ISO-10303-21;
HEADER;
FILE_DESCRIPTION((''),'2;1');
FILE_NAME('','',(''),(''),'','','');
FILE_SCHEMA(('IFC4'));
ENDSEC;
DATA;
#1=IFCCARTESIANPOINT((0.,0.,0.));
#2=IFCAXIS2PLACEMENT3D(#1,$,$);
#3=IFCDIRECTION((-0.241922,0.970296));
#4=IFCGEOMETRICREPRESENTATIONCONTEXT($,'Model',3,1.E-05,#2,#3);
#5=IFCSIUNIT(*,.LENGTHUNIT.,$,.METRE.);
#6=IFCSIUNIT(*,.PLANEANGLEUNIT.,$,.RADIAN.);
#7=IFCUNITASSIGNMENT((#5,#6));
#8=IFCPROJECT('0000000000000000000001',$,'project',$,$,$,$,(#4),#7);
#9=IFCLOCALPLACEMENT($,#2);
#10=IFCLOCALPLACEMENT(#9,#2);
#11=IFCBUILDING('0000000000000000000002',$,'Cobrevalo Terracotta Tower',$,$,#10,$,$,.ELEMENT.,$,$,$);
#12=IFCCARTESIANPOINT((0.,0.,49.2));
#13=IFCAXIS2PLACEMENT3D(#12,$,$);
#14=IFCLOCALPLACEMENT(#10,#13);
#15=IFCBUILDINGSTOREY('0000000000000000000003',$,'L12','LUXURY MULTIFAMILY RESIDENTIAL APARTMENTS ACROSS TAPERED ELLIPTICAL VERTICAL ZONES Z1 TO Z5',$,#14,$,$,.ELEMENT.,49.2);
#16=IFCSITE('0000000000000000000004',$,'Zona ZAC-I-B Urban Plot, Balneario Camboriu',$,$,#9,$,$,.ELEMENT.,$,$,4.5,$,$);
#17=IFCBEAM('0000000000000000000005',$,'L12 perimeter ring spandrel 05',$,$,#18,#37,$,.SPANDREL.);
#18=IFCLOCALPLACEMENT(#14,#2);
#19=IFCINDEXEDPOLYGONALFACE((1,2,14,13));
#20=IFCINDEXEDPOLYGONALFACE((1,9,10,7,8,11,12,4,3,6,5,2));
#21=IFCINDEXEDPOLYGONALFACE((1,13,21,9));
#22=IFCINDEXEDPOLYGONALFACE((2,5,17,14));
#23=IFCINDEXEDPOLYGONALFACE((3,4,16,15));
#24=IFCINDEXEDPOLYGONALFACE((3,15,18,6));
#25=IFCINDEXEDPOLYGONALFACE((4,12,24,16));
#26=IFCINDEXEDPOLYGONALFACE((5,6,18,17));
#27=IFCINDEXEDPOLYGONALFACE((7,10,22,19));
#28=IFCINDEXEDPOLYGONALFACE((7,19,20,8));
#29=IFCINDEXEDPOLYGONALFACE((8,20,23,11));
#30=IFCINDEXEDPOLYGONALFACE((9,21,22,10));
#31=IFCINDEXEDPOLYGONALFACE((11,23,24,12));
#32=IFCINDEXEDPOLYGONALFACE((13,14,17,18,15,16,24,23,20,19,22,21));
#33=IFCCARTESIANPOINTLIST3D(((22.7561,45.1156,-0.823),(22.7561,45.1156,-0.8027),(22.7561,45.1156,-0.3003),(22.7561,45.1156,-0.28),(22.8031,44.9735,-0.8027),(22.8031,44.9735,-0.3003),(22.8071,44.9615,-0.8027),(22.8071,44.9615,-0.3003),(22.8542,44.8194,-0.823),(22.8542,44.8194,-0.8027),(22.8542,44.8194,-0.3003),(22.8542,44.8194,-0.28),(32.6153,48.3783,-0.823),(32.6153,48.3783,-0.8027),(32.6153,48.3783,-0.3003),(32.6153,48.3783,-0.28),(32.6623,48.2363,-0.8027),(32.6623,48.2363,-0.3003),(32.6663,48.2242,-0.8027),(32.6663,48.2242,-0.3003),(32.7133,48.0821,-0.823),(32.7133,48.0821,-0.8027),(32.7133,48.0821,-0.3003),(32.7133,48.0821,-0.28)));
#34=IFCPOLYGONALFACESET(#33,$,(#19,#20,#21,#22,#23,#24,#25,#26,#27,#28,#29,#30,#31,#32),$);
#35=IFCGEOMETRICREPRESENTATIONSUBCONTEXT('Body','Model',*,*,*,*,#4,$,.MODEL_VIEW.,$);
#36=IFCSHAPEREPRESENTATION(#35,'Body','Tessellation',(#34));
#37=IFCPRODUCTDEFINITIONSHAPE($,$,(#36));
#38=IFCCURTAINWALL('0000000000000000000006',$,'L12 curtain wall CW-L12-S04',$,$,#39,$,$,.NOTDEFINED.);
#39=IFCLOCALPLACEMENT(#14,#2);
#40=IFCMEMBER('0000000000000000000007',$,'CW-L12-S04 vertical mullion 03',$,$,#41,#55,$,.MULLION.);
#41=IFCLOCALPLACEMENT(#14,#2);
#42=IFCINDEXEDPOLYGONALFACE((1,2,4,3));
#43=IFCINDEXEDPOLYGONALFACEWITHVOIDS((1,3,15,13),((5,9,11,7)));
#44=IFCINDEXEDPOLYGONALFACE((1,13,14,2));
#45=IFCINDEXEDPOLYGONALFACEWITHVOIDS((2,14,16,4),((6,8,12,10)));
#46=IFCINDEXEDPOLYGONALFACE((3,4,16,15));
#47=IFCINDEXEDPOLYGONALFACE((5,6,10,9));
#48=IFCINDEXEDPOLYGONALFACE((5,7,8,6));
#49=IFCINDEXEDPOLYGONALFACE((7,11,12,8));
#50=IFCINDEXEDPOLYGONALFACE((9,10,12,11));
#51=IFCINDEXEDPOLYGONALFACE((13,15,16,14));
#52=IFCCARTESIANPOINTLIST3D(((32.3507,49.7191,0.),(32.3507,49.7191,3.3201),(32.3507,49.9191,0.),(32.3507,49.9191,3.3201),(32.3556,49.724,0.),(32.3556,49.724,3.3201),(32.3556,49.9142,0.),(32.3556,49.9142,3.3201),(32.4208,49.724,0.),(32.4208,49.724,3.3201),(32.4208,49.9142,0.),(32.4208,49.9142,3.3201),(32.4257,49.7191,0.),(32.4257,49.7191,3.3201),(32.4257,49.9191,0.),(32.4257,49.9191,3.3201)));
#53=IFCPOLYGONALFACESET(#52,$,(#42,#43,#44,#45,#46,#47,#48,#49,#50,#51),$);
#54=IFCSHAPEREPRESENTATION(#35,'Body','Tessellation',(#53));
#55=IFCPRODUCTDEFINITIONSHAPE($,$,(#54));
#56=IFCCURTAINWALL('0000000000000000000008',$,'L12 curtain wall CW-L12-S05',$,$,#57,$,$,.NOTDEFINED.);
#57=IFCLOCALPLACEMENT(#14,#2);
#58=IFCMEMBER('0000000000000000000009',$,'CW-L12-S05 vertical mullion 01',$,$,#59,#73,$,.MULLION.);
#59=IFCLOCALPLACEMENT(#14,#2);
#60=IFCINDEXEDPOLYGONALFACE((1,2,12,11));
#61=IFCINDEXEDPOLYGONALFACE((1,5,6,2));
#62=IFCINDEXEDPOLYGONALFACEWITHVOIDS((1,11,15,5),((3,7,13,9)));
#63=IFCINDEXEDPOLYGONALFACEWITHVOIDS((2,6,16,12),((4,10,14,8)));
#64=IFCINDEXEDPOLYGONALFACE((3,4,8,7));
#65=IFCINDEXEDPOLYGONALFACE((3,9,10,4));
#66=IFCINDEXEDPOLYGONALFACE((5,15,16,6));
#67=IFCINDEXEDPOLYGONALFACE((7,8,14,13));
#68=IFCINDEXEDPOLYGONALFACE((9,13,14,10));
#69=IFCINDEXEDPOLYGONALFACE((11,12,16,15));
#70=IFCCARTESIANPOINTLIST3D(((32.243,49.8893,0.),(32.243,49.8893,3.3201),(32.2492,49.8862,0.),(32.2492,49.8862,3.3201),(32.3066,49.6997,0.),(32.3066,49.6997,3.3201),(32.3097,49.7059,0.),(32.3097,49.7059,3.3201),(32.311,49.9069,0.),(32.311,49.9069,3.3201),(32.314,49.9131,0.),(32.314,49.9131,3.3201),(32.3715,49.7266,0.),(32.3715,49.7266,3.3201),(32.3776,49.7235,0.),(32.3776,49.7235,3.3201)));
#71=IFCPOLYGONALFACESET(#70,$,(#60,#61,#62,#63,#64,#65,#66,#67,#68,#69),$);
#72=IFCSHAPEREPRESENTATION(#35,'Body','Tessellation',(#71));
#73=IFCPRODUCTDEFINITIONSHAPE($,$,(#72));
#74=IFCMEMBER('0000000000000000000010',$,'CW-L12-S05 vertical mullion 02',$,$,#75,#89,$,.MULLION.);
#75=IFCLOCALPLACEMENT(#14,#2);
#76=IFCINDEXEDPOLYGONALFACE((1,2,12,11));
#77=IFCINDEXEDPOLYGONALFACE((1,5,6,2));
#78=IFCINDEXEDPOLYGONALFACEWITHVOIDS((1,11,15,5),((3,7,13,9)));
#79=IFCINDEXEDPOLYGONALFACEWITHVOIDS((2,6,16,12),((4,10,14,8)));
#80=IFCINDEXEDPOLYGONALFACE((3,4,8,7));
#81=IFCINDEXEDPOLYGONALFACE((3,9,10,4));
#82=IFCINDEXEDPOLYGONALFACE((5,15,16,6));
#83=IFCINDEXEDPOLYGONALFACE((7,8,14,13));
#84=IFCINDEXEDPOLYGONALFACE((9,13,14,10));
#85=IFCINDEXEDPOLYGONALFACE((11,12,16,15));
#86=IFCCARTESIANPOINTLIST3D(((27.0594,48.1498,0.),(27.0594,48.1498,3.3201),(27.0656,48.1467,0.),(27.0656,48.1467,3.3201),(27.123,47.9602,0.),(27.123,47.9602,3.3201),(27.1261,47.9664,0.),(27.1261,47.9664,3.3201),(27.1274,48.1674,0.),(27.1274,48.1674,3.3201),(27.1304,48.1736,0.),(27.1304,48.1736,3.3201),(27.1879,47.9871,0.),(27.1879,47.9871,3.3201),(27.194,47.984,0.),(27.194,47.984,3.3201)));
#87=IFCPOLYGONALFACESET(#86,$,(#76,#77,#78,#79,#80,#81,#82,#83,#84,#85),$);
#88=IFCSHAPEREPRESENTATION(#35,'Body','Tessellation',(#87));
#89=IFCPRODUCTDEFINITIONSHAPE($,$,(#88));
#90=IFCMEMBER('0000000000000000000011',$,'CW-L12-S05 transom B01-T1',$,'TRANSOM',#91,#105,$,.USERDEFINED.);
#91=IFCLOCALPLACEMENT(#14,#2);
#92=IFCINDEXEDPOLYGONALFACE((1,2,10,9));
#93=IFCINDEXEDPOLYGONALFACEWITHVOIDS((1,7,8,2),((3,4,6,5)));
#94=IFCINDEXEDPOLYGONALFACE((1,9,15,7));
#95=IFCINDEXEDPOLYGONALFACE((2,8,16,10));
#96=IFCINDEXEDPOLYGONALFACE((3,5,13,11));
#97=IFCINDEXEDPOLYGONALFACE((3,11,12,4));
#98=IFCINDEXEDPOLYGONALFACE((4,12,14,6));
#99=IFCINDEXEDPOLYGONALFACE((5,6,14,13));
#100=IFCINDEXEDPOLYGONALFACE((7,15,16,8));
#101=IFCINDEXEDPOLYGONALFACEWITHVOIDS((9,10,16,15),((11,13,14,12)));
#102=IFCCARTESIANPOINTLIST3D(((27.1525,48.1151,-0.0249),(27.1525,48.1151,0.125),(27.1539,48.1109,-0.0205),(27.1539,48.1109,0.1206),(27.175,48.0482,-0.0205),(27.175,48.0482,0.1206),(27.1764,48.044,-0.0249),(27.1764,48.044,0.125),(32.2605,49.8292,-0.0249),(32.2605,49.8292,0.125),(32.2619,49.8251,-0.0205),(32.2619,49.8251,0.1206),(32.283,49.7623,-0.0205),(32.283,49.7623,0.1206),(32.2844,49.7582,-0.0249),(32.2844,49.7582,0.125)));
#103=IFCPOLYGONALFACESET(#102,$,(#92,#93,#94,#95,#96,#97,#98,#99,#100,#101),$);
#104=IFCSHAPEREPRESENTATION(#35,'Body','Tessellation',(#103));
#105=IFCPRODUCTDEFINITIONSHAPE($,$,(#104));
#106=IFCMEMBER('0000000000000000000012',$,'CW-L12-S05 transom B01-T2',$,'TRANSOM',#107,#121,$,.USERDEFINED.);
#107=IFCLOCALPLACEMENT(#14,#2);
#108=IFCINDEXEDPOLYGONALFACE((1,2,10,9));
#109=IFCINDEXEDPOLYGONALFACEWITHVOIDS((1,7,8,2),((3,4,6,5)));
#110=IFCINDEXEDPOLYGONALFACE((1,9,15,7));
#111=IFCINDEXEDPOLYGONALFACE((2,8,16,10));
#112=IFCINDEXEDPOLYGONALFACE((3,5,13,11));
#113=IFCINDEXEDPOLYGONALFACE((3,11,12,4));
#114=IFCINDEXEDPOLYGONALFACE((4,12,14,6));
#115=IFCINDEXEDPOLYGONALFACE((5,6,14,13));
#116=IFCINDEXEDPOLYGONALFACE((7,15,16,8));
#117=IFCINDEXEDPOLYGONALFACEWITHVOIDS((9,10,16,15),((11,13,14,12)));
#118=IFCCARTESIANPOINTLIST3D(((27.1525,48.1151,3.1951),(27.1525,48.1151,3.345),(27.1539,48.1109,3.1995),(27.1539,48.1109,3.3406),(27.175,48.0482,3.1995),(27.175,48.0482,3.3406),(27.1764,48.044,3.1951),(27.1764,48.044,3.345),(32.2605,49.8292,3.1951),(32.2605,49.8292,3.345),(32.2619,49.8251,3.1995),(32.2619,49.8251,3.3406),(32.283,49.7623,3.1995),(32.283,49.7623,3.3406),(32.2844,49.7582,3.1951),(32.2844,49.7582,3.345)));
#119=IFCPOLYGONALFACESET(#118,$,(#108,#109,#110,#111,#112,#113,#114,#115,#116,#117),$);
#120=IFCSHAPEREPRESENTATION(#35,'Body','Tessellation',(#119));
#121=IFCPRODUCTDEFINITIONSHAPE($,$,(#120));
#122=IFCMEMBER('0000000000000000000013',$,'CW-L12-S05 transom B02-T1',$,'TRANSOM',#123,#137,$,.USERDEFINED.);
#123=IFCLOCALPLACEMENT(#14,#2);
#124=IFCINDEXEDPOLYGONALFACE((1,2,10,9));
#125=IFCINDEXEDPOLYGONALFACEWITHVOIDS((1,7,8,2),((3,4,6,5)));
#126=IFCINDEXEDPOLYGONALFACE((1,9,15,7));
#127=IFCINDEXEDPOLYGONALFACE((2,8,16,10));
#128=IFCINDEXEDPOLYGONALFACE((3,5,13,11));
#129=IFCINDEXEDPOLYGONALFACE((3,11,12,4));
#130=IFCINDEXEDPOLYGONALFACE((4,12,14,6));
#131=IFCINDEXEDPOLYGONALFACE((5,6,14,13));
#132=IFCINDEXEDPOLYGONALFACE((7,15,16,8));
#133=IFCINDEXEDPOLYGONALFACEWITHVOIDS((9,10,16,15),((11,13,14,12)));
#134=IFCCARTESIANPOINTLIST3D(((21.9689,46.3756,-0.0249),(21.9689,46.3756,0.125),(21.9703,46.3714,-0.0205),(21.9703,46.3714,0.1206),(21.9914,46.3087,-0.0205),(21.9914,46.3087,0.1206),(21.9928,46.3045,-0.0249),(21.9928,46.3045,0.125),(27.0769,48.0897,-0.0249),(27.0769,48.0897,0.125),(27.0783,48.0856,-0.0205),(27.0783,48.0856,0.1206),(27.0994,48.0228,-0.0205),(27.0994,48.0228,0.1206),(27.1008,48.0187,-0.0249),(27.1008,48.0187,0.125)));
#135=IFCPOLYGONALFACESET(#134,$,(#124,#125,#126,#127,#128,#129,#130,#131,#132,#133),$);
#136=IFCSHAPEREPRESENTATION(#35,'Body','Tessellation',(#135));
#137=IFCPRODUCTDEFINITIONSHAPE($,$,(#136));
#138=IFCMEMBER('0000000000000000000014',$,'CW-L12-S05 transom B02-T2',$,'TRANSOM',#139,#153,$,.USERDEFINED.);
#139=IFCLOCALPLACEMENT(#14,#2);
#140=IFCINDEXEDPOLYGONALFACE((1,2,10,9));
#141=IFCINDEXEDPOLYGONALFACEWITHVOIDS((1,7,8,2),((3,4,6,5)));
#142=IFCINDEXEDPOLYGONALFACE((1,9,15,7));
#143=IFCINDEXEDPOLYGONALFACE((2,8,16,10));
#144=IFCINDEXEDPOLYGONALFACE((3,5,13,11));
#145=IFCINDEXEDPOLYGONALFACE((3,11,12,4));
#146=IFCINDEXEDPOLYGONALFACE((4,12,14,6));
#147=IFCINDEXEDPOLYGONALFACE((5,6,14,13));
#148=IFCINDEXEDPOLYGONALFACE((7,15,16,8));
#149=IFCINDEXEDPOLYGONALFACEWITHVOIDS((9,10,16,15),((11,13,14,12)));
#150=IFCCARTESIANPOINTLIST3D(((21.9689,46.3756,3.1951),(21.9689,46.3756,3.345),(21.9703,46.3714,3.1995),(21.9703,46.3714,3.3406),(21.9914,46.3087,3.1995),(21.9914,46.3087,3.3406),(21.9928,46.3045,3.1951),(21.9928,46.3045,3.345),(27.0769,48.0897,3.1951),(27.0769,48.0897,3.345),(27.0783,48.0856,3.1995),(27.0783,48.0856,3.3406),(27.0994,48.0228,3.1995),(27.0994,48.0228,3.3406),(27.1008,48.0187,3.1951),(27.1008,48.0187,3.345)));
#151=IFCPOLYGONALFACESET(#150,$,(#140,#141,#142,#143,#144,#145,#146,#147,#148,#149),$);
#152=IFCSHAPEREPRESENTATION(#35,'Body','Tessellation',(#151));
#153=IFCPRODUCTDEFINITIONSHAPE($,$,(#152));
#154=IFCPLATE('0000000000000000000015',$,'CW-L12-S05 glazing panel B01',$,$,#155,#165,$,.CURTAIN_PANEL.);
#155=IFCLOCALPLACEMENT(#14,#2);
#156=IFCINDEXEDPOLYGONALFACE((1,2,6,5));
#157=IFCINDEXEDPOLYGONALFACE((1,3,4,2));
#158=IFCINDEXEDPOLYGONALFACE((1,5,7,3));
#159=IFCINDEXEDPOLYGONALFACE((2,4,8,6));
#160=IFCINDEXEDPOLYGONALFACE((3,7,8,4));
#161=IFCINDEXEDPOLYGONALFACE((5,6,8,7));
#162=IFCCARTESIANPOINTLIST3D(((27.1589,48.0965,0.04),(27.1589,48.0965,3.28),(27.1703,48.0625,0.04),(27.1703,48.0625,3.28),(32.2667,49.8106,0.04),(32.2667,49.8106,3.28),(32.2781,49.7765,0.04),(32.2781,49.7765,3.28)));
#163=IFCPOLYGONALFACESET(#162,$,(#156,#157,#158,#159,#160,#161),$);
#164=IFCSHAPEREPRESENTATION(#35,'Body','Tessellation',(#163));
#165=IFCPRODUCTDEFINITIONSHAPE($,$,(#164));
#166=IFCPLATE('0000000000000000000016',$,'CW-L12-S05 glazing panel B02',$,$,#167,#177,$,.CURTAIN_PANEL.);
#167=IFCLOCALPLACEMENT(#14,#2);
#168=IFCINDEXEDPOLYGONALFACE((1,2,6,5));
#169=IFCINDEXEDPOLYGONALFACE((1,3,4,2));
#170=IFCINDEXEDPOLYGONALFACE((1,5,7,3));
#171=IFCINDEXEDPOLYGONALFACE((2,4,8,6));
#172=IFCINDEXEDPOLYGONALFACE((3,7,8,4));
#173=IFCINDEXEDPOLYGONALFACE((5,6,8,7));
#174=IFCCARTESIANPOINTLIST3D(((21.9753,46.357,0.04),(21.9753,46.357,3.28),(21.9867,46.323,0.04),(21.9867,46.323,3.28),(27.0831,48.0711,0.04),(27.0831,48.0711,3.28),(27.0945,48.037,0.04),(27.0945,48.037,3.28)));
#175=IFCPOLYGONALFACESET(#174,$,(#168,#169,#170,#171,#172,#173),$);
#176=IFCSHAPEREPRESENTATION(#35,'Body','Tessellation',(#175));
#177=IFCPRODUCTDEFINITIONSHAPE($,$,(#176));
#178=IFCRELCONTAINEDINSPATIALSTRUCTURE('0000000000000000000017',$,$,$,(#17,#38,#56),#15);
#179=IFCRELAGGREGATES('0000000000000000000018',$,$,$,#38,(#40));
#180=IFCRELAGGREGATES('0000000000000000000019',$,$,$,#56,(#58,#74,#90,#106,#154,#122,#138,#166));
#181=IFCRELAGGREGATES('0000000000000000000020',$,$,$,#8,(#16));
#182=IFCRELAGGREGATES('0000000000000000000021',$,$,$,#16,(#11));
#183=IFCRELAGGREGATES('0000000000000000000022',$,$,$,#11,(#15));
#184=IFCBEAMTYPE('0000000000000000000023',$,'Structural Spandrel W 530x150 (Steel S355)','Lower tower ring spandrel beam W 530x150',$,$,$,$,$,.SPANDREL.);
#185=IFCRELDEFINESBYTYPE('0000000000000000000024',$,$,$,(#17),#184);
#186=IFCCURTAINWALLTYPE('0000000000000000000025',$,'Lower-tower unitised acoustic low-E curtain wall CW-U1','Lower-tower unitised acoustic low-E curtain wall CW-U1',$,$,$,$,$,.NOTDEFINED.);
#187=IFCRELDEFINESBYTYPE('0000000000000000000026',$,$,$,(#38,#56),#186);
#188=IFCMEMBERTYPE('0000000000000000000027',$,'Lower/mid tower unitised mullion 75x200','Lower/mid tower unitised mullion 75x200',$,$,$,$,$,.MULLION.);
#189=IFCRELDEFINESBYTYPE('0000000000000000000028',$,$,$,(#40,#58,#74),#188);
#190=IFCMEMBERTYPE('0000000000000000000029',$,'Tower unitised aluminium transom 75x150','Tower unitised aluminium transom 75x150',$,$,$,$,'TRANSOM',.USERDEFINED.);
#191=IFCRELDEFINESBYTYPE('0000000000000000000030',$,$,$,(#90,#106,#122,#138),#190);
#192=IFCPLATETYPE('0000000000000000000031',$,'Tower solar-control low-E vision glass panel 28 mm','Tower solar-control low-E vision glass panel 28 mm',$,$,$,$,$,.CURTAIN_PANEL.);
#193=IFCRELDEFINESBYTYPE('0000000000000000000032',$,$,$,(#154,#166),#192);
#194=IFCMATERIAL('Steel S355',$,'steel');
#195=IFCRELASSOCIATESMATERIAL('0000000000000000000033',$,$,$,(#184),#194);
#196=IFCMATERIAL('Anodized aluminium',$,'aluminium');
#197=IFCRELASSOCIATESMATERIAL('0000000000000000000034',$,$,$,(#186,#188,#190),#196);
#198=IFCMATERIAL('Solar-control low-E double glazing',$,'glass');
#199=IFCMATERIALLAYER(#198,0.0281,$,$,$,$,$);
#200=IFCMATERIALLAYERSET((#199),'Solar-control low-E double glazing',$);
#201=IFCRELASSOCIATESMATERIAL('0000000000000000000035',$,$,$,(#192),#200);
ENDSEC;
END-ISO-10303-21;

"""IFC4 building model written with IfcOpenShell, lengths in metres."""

from ifc_helpers import new_model, si_unit, direction, frame, origin, origin_2d, place, context, subcontext, project, spatial, rectangle, hollow_rectangle, i_section, extrude, source, transform, mapped, material, layer, layer_set, material_profile, profile_set, type_object, element, aggregate, save


model = new_model("IFC4")

# Units and contexts
model_context = context("Model", 3, precision=1e-05, world=origin(), true_north=direction((-0.241922, 0.970296)))
body_context = subcontext(model_context, "Body", "Model", "MODEL_VIEW")
ifc_project = project(units=[si_unit("LENGTHUNIT", "METRE"), si_unit("PLANEANGLEUNIT", "RADIAN")], contexts=[model_context])

# Site, building, storey
site_placement = place(None, origin())
site = spatial("IfcSite", under=ifc_project, at=site_placement, Name="Zona ZAC-I-B Urban Plot, Balneario Camboriu", CompositionType="ELEMENT", RefElevation=4.5)
building_placement = place(site_placement, origin())
building = spatial("IfcBuilding", under=site, at=building_placement, Name="Cobrevalo Terracotta Tower", CompositionType="ELEMENT")
storey_placement = place(building_placement, frame((0.0, 0.0, 49.2)))
storey = spatial("IfcBuildingStorey", under=building, at=storey_placement, Name="L12", Description="LUXURY MULTIFAMILY RESIDENTIAL APARTMENTS ACROSS TAPERED ELLIPTICAL VERTICAL ZONES Z1 TO Z5", CompositionType="ELEMENT", Elevation=49.2)

# Shared definitions
ifc_material_1 = material(Name="Steel S355", Category="steel")

# Beam
ifc_material_profile_1 = material_profile(ifc_material_1, i_section(OverallWidth=0.312, OverallDepth=0.543, WebThickness=0.0127, FlangeThickness=0.0203, at=origin_2d()), Name="W 530x150")
ifc_profile_set_1 = profile_set([ifc_material_profile_1], Name="Steel S355")
beam_type_1 = type_object("IfcBeamType", Name="Structural Spandrel W 530x150 (Steel S355)", Description="Lower tower ring spandrel beam W 530x150", PredefinedType="SPANDREL", material=ifc_profile_set_1)
beam_1_placement = place(storey_placement, frame((32.6643, 48.2302, -0.5515), z_axis=(-0.949365, -0.314175, 0.0), x_axis=(0.314175, -0.949365, 0.0)))
element("IfcBeam", 1, at=beam_1_placement, inside=storey, type_object=beam_type_1, Name="L12 perimeter ring spandrel 05", PredefinedType="SPANDREL", context=body_context, shape_type="SweptSolid", body=[
    extrude(i_section(OverallWidth=0.312, OverallDepth=0.543, WebThickness=0.0127, FlangeThickness=0.0203, at=origin_2d()), origin(), (0.0, 0.0, 1.0), 10.385),
])

# Curtain wall, member
ifc_material_2 = material(Name="Anodized aluminium", Category="aluminium")
curtain_wall_type = type_object("IfcCurtainWallType", Name="Lower-tower unitised acoustic low-E curtain wall CW-U1", Description="Lower-tower unitised acoustic low-E curtain wall CW-U1", PredefinedType="NOTDEFINED", material=ifc_material_2)
curtain_wall_1_placement = place(storey_placement, origin())
curtain_wall_1 = element("IfcCurtainWall", 2, at=curtain_wall_1_placement, inside=storey, type_object=curtain_wall_type, Name="L12 curtain wall CW-L12-S04", PredefinedType="NOTDEFINED")
ifc_material_profile_2 = material_profile(ifc_material_2, hollow_rectangle(XDim=0.075, YDim=0.2, WallThickness=0.0049, at=origin_2d()), Name="CWM 75x200")
ifc_profile_set_2 = profile_set([ifc_material_profile_2], Name="Anodized aluminium")
member_type_1 = type_object("IfcMemberType", Name="Lower/mid tower unitised mullion 75x200", Description="Lower/mid tower unitised mullion 75x200", PredefinedType="MULLION", material=ifc_profile_set_2)
shared_shape_1 = source(origin(), body_context, "Body", "SweptSolid", [
    extrude(hollow_rectangle(XDim=0.075, YDim=0.2, WallThickness=0.0049, at=origin_2d()), origin(), (0.0, 0.0, 1.0), 3.3201),
])
member_1_placement = place(storey_placement, frame((32.3882, 49.8191, 0.0), z_axis=(0.0, 0.0, 1.0), x_axis=(-1.0, 0.0, 0.0)))
member_1 = element("IfcMember", 3, at=member_1_placement, type_object=member_type_1, Name="CW-L12-S04 vertical mullion 03", PredefinedType="MULLION", context=body_context, shape_type="MappedRepresentation", body=[
    mapped(shared_shape_1, transform((0.0, 0.0, 0.0), scale=1.0)),
])
aggregate(curtain_wall_1, [member_1])

# Curtain wall, members, plates
curtain_wall_2_placement = place(storey_placement, origin())
curtain_wall_2 = element("IfcCurtainWall", 4, at=curtain_wall_2_placement, inside=storey, type_object=curtain_wall_type, Name="L12 curtain wall CW-L12-S05", PredefinedType="NOTDEFINED")
member_2_placement = place(storey_placement, frame((32.3103, 49.8064, 0.0), z_axis=(0.0, 0.0, 1.0), x_axis=(-0.948046, -0.318132, 0.0)))
member_2 = element("IfcMember", 5, at=member_2_placement, type_object=member_type_1, Name="CW-L12-S05 vertical mullion 01", PredefinedType="MULLION", context=body_context, shape_type="MappedRepresentation", body=[
    mapped(shared_shape_1, transform((0.0, 0.0, 0.0), scale=1.0)),
])
member_3_placement = place(storey_placement, frame((27.1267, 48.0669, 0.0), z_axis=(0.0, 0.0, 1.0), x_axis=(-0.948046, -0.318132, 0.0)))
member_3 = element("IfcMember", 6, at=member_3_placement, type_object=member_type_1, Name="CW-L12-S05 vertical mullion 02", PredefinedType="MULLION", context=body_context, shape_type="MappedRepresentation", body=[
    mapped(shared_shape_1, transform((0.0, 0.0, 0.0), scale=1.0)),
])
ifc_material_profile_3 = material_profile(ifc_material_2, hollow_rectangle(XDim=0.075, YDim=0.1499, WallThickness=0.0044, at=origin_2d()), Name="CWT 75x150")
ifc_profile_set_3 = profile_set([ifc_material_profile_3], Name="Anodized aluminium")
member_type_2 = type_object("IfcMemberType", Name="Tower unitised aluminium transom 75x150", Description="Tower unitised aluminium transom 75x150", ElementType="TRANSOM", PredefinedType="USERDEFINED", material=ifc_profile_set_3)
shared_shape_2 = source(origin(), body_context, "Body", "SweptSolid", [
    extrude(hollow_rectangle(XDim=0.075, YDim=0.1499, WallThickness=0.0044, at=origin_2d()), origin(), (0.0, 0.0, 1.0), 5.3879),
])
member_4_placement = place(storey_placement, frame((32.2725, 49.7937, 0.05), z_axis=(-0.948042, -0.318144, 0.0), x_axis=(0.318144, -0.948042, 0.0)))
member_4 = element("IfcMember", 7, at=member_4_placement, type_object=member_type_2, Name="CW-L12-S05 transom B01-T1", ObjectType="TRANSOM", PredefinedType="USERDEFINED", context=body_context, shape_type="MappedRepresentation", body=[
    mapped(shared_shape_2, transform((0.0, 0.0, 0.0), scale=1.0)),
])
member_5_placement = place(storey_placement, frame((32.2725, 49.7937, 3.27), z_axis=(-0.948042, -0.318144, 0.0), x_axis=(0.318144, -0.948042, 0.0)))
member_5 = element("IfcMember", 8, at=member_5_placement, type_object=member_type_2, Name="CW-L12-S05 transom B01-T2", ObjectType="TRANSOM", PredefinedType="USERDEFINED", context=body_context, shape_type="MappedRepresentation", body=[
    mapped(shared_shape_2, transform((0.0, 0.0, 0.0), scale=1.0)),
])
member_6_placement = place(storey_placement, frame((27.0889, 48.0542, 0.05), z_axis=(-0.948042, -0.318144, 0.0), x_axis=(0.318144, -0.948042, 0.0)))
member_6 = element("IfcMember", 9, at=member_6_placement, type_object=member_type_2, Name="CW-L12-S05 transom B02-T1", ObjectType="TRANSOM", PredefinedType="USERDEFINED", context=body_context, shape_type="MappedRepresentation", body=[
    mapped(shared_shape_2, transform((0.0, 0.0, 0.0), scale=1.0)),
])
member_7_placement = place(storey_placement, frame((27.0889, 48.0542, 3.27), z_axis=(-0.948042, -0.318144, 0.0), x_axis=(0.318144, -0.948042, 0.0)))
member_7 = element("IfcMember", 10, at=member_7_placement, type_object=member_type_2, Name="CW-L12-S05 transom B02-T2", ObjectType="TRANSOM", PredefinedType="USERDEFINED", context=body_context, shape_type="MappedRepresentation", body=[
    mapped(shared_shape_2, transform((0.0, 0.0, 0.0), scale=1.0)),
])
ifc_material_3 = material(Name="Solar-control low-E double glazing", Category="glass")
ifc_layer_1 = layer(ifc_material_3, 0.0281)
ifc_layer_set_1 = layer_set([ifc_layer_1], Name="Solar-control low-E double glazing")
plate_type = type_object("IfcPlateType", Name="Tower solar-control low-E vision glass panel 28 mm", Description="Tower solar-control low-E vision glass panel 28 mm", PredefinedType="CURTAIN_PANEL", material=ifc_layer_set_1)
shared_shape_3 = source(origin(), body_context, "Body", "SweptSolid", [
    extrude(rectangle(XDim=5.3877, YDim=0.0359, at=origin_2d()), origin(), (0.0, 0.0, 1.0), 3.24),
])
plate_1_placement = place(storey_placement, frame((29.7185, 48.9365, 0.04), z_axis=(0.0, 0.0, 1.0), x_axis=(-0.948044, -0.318139, 0.0)))
plate_1 = element("IfcPlate", 11, at=plate_1_placement, type_object=plate_type, Name="CW-L12-S05 glazing panel B01", PredefinedType="CURTAIN_PANEL", context=body_context, shape_type="MappedRepresentation", body=[
    mapped(shared_shape_3, transform((0.0, 0.0, 0.0), scale=1.0)),
])
plate_2_placement = place(storey_placement, frame((24.5349, 47.197, 0.04), z_axis=(0.0, 0.0, 1.0), x_axis=(-0.948044, -0.318139, 0.0)))
plate_2 = element("IfcPlate", 12, at=plate_2_placement, type_object=plate_type, Name="CW-L12-S05 glazing panel B02", PredefinedType="CURTAIN_PANEL", context=body_context, shape_type="MappedRepresentation", body=[
    mapped(shared_shape_3, transform((0.0, 0.0, 0.0), scale=1.0)),
])
aggregate(curtain_wall_2, [member_2, member_3, member_4, member_5, plate_1, member_6, member_7, plate_2])

save(model, "model.ifc")
